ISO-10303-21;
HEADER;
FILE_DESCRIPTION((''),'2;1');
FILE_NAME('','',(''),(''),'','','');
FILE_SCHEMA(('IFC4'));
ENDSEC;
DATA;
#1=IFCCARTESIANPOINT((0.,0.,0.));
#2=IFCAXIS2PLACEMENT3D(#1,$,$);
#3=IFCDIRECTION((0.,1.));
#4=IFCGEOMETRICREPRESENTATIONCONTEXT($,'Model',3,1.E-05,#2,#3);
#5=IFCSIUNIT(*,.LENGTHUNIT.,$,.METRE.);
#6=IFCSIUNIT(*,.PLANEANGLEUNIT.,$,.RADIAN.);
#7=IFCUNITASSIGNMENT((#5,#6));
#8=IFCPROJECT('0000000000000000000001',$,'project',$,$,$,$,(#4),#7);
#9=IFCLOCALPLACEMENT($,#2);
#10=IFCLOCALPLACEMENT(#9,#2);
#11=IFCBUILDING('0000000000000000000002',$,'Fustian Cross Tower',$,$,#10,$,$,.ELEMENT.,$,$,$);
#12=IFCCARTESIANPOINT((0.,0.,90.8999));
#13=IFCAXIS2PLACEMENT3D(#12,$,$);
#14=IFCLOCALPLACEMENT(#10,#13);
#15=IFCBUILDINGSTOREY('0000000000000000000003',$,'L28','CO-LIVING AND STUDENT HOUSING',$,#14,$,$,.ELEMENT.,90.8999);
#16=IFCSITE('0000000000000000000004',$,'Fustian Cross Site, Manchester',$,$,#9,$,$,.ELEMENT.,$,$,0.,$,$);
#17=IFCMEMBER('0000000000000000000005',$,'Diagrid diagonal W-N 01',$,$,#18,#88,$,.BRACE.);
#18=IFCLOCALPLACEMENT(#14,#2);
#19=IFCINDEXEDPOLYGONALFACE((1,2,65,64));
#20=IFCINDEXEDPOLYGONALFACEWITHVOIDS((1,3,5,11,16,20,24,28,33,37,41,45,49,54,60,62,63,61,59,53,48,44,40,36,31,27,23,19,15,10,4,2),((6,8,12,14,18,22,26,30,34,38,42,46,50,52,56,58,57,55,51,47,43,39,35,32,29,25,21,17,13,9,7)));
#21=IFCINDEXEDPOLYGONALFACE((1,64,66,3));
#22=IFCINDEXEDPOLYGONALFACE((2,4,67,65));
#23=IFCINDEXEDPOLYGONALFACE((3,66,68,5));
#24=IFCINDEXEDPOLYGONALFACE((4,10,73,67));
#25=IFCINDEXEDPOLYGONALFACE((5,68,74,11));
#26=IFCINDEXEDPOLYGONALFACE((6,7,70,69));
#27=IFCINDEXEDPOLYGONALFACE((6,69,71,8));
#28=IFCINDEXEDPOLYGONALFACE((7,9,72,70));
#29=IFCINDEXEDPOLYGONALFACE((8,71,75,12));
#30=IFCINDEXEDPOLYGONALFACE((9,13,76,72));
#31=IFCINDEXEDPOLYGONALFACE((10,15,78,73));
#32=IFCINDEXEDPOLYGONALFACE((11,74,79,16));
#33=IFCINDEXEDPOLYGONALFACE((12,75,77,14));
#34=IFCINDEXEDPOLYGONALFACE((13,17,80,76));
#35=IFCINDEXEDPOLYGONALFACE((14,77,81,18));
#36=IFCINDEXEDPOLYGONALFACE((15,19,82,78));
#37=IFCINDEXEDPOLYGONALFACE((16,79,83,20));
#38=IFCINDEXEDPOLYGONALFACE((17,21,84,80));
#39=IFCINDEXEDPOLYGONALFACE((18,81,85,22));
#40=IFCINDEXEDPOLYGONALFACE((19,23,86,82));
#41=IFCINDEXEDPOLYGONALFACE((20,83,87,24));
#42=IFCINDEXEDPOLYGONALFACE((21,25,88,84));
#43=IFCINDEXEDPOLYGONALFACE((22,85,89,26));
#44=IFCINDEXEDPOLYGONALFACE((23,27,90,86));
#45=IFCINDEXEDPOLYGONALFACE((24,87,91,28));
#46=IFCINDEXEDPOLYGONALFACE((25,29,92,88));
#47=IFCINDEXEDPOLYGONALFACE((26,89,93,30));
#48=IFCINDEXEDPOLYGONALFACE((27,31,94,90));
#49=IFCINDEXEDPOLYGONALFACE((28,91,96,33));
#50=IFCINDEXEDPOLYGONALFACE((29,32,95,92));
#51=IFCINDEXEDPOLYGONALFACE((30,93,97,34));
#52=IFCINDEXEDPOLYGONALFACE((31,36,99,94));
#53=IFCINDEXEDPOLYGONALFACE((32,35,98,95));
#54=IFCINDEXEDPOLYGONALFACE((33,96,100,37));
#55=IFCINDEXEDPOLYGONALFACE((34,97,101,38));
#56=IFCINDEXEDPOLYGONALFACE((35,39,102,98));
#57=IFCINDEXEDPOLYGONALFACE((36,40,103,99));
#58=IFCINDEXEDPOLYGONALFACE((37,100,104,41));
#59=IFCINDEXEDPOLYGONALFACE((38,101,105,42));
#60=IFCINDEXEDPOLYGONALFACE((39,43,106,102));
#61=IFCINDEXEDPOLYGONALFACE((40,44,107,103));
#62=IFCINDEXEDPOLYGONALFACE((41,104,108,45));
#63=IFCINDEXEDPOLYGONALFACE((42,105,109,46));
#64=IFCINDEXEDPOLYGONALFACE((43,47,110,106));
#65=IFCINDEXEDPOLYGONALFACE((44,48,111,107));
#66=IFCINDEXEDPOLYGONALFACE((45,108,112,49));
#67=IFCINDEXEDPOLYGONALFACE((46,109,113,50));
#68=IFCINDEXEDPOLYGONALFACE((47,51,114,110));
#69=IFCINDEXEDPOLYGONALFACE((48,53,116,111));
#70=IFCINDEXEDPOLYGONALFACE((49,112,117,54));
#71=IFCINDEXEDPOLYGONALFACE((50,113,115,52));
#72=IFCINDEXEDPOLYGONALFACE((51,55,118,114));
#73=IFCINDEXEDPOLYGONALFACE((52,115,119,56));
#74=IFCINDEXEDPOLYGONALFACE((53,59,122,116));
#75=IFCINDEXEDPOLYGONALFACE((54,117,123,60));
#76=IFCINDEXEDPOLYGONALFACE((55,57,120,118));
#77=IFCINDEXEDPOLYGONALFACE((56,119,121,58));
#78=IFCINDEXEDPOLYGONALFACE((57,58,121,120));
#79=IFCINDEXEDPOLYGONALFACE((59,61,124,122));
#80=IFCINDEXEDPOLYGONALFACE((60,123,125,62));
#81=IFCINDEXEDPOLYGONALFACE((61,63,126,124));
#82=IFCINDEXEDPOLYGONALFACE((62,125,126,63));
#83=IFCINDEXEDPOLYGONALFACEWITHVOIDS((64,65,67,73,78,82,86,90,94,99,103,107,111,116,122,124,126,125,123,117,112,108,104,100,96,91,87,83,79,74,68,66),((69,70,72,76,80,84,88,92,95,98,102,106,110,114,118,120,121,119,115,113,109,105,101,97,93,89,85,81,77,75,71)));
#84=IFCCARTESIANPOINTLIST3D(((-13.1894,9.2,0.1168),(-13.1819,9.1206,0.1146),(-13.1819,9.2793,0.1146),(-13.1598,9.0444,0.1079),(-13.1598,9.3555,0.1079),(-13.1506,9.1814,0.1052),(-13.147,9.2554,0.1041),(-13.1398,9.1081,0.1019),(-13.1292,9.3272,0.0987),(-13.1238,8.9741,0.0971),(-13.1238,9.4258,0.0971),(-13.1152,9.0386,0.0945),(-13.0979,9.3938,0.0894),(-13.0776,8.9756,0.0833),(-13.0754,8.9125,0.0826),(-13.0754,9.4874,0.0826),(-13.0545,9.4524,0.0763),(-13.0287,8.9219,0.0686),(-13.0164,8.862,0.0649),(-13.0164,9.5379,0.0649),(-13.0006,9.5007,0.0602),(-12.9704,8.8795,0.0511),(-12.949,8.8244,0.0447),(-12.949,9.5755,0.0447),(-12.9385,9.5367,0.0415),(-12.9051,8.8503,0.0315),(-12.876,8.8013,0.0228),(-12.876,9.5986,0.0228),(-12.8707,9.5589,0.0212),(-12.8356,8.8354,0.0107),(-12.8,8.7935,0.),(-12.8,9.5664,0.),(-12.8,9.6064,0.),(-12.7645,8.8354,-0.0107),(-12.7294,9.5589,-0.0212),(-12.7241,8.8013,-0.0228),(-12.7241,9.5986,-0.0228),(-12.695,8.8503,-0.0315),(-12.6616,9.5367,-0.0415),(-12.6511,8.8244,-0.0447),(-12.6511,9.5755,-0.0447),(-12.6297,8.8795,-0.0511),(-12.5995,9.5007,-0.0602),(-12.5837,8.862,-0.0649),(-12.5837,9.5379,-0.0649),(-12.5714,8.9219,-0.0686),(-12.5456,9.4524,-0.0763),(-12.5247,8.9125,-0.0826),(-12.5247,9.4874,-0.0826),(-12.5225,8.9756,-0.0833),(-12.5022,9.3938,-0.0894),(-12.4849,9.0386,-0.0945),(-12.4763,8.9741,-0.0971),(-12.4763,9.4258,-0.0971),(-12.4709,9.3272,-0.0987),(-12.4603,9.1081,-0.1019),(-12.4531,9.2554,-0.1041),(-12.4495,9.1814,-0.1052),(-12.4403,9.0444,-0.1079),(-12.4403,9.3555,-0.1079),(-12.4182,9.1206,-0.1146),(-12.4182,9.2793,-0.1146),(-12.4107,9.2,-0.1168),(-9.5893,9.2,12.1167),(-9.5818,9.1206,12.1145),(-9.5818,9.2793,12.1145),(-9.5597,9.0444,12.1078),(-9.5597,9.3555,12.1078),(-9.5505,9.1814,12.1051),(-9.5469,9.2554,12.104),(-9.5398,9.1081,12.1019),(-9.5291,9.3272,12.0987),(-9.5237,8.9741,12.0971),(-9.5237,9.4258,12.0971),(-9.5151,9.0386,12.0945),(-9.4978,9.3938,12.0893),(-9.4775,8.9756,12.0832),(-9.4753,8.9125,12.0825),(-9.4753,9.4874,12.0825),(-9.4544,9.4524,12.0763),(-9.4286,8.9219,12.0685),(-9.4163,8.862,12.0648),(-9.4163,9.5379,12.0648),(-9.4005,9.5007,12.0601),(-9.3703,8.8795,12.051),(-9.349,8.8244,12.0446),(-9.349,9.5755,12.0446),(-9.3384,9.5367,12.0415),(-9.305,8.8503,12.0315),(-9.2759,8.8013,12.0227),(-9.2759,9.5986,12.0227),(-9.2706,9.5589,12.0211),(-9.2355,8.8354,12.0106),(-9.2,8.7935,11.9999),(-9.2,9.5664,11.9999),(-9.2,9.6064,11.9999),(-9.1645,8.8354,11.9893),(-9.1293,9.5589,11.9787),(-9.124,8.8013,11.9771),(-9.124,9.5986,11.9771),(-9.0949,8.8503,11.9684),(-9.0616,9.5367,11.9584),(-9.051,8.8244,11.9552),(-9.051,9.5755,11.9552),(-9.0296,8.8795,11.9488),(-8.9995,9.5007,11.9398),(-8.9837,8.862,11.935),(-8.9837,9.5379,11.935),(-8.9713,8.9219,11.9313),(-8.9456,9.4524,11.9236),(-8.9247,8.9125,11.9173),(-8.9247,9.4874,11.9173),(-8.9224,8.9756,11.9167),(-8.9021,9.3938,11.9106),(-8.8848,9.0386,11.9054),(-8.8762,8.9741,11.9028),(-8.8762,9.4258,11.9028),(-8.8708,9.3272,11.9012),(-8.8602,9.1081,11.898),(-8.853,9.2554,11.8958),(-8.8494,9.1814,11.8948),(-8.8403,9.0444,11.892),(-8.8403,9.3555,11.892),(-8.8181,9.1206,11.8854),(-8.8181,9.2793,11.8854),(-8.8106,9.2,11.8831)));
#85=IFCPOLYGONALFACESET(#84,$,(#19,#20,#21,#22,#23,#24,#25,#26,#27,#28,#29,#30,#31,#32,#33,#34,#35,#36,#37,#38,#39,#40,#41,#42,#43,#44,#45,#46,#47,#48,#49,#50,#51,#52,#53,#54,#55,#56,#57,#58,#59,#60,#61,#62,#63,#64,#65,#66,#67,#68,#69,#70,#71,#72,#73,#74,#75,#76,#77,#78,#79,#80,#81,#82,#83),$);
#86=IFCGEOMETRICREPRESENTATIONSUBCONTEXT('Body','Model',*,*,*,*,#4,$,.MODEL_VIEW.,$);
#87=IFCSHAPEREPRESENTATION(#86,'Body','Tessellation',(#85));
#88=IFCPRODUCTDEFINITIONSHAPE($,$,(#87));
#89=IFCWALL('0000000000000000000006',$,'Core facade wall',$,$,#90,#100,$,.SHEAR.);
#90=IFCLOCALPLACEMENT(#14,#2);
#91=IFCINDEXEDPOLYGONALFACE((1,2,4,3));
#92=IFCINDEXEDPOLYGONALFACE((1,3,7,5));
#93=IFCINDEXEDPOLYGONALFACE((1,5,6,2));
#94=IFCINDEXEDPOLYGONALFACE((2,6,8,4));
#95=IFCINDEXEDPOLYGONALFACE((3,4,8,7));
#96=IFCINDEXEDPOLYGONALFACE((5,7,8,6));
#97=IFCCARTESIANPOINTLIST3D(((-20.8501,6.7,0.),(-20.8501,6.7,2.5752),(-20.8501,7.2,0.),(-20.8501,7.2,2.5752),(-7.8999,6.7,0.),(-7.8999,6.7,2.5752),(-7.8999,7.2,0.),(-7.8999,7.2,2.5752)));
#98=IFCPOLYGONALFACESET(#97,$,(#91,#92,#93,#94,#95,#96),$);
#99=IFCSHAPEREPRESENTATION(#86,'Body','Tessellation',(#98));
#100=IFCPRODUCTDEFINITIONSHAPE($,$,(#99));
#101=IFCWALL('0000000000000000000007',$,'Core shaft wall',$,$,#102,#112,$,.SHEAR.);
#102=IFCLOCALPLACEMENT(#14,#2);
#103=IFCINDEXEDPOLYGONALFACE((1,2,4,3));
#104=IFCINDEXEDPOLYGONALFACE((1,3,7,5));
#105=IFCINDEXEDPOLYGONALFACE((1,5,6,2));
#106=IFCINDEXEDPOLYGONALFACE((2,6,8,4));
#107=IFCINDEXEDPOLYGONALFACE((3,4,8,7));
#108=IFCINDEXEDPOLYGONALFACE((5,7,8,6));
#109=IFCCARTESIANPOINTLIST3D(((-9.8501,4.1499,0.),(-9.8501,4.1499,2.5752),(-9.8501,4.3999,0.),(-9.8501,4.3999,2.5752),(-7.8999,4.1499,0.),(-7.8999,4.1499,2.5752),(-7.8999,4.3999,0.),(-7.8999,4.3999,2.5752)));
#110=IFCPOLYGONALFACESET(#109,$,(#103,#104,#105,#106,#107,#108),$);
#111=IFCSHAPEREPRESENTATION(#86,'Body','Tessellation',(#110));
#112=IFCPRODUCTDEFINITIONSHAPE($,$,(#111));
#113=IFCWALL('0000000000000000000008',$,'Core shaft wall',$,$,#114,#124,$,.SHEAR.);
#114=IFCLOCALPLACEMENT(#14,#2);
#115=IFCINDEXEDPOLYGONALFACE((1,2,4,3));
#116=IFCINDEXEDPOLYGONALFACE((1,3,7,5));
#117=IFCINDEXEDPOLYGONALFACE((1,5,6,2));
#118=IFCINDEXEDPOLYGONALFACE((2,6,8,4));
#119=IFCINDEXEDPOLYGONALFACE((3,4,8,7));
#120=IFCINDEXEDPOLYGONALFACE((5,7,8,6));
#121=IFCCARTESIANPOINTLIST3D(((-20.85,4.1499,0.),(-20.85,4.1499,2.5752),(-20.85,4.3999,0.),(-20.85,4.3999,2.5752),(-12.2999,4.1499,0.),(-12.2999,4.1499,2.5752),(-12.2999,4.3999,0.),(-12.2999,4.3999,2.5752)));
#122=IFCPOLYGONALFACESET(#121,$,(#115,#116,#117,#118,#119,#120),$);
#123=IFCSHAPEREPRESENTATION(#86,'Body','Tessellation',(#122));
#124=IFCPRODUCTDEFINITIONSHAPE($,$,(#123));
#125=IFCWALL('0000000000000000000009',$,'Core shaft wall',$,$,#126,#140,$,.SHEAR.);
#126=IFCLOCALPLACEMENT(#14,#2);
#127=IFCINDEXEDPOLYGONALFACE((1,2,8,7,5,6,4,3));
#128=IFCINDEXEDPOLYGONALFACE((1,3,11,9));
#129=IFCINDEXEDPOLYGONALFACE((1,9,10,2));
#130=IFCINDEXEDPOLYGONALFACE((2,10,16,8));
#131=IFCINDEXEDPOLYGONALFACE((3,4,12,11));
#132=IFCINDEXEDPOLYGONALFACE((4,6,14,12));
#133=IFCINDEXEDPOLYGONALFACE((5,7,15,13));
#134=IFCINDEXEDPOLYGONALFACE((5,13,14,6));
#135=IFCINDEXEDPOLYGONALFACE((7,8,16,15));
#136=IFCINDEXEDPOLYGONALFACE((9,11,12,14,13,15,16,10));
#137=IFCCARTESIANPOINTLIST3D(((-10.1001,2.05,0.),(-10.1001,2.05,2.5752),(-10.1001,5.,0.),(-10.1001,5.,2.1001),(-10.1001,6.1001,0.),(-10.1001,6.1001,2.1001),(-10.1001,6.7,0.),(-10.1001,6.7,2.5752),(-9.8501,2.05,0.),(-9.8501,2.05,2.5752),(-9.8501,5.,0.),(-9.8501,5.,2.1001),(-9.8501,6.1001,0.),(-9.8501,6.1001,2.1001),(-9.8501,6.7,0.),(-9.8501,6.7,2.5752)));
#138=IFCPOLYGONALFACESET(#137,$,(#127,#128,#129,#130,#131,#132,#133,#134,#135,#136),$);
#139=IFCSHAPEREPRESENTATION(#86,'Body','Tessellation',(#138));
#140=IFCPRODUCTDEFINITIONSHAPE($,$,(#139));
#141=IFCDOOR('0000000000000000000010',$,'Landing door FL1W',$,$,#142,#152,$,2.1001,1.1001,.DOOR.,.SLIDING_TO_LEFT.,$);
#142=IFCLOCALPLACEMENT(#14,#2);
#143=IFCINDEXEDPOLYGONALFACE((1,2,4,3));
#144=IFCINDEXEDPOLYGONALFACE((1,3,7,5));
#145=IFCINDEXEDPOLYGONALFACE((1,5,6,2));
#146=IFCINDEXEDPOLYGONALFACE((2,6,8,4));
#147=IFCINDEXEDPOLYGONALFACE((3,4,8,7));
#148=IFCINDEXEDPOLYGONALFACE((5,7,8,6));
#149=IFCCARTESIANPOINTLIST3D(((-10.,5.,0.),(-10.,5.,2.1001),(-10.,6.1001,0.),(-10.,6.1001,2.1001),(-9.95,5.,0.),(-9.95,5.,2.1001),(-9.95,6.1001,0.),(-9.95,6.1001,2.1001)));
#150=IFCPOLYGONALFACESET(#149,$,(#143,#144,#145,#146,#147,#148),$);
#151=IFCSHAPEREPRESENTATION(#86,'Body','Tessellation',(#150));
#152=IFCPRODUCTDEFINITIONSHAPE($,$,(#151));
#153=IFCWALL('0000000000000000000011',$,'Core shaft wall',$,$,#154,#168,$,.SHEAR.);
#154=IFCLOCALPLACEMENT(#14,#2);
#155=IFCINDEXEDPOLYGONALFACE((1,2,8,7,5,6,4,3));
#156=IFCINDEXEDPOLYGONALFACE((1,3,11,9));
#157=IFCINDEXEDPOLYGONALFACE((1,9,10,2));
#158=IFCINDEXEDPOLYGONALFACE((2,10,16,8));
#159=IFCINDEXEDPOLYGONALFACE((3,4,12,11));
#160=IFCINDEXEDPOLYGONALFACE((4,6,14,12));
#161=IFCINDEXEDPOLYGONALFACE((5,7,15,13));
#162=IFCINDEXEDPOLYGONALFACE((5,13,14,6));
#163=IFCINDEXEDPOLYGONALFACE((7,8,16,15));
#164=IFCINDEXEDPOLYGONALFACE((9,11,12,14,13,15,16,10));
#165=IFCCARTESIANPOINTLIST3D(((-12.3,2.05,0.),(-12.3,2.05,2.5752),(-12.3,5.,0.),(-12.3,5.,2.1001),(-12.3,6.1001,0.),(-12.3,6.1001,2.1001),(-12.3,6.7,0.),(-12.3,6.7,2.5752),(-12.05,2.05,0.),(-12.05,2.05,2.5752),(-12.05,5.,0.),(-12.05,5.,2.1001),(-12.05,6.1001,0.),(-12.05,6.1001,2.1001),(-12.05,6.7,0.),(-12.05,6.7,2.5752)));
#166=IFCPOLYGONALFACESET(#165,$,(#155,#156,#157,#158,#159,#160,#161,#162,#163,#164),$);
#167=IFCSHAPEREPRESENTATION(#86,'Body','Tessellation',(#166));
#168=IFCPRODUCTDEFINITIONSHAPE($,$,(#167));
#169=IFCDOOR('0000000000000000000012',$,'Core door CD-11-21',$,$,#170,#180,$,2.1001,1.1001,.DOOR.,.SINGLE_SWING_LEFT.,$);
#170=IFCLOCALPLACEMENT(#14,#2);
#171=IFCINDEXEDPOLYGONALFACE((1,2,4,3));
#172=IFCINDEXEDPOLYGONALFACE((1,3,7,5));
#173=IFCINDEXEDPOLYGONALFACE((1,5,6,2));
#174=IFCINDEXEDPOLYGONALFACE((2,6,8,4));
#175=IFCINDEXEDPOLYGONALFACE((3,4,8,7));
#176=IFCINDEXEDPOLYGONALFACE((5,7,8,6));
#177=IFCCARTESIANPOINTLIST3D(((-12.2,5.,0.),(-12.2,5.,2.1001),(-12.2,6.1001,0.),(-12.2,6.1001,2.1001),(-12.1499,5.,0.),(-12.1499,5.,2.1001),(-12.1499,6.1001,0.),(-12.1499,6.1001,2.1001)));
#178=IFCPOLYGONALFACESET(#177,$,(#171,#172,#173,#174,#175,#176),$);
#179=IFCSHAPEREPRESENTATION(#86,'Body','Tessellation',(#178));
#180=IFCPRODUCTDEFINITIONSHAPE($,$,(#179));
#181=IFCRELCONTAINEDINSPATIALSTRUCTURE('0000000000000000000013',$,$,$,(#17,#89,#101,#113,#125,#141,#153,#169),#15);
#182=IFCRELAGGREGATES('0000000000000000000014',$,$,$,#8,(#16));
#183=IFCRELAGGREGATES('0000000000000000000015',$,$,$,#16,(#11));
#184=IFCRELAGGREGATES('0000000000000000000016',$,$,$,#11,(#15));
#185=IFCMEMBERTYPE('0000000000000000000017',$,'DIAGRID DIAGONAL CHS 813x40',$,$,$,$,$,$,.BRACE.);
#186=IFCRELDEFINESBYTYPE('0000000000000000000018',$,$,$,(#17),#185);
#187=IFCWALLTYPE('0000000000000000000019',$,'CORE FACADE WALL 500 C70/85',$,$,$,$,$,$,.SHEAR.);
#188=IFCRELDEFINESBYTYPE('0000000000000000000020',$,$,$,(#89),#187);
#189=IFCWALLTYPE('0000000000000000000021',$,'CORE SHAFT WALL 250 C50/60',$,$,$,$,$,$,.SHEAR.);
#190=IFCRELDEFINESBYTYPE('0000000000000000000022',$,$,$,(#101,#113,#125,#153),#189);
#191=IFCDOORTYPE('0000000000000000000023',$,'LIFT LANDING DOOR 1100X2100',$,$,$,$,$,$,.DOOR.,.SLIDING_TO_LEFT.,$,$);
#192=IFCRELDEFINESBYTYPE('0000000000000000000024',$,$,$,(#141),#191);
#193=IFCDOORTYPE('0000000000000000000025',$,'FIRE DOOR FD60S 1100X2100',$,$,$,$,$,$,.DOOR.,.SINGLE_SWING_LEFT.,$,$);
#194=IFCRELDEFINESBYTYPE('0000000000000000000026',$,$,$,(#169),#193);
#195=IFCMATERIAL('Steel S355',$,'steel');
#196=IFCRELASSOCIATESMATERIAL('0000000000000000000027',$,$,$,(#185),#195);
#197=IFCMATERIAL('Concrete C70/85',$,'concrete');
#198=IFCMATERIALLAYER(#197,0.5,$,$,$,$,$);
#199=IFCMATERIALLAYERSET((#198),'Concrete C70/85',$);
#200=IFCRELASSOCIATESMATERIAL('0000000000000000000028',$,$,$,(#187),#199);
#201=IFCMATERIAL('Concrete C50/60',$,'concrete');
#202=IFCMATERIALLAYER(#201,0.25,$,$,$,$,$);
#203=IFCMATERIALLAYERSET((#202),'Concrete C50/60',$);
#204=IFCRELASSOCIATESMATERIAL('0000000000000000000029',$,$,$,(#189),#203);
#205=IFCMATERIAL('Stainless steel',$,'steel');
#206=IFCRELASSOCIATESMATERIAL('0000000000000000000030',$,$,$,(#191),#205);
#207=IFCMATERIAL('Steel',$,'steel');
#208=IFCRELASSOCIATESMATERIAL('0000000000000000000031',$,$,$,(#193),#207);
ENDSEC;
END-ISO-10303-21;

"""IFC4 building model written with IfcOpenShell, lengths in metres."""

from ifc_helpers import new_model, si_unit, direction, frame, frame_2d, origin, origin_2d, place, context, subcontext, project, spatial, rectangle, hollow_circle, extrude, material, layer, layer_set, material_profile, profile_set, type_object, element, fill, save


model = new_model("IFC4")

# Units and contexts
model_context = context("Model", 3, precision=1e-05, world=origin(), true_north=direction((0.0, 1.0)))
body_context = subcontext(model_context, "Body", "Model", "MODEL_VIEW")
ifc_project = project(units=[si_unit("LENGTHUNIT", "METRE"), si_unit("PLANEANGLEUNIT", "RADIAN")], contexts=[model_context])

# Site, building, storey
site_placement = place(None, origin())
site = spatial("IfcSite", under=ifc_project, at=site_placement, Name="Fustian Cross Site, Manchester", CompositionType="ELEMENT", RefElevation=0.0)
building_placement = place(site_placement, origin())
building = spatial("IfcBuilding", under=site, at=building_placement, Name="Fustian Cross Tower", CompositionType="ELEMENT")
storey_placement = place(building_placement, frame((0.0, 0.0, 90.8999)))
storey = spatial("IfcBuildingStorey", under=building, at=storey_placement, Name="L28", Description="CO-LIVING AND STUDENT HOUSING", CompositionType="ELEMENT", Elevation=90.8999)

# Member
ifc_material_1 = material(Name="Steel S355", Category="steel")
ifc_material_profile = material_profile(ifc_material_1, hollow_circle(Radius=0.4065, WallThickness=0.04, at=origin_2d()), Name="CHS 813x40")
ifc_profile_set = profile_set([ifc_material_profile], Name="Steel S355")
member_type = type_object("IfcMemberType", Name="DIAGRID DIAGONAL CHS 813x40", PredefinedType="BRACE", material=ifc_profile_set)
member_placement = place(storey_placement, frame((-12.8, 9.2, 0.0), z_axis=(0.287355, 0.0, 0.957824), x_axis=(0.0, 1.0, 0.0)))
element("IfcMember", 1, at=member_placement, inside=storey, type_object=member_type, Name="Diagrid diagonal W-N 01", PredefinedType="BRACE", context=body_context, shape_type="SweptSolid", body=[
    extrude(hollow_circle(Radius=0.4065, WallThickness=0.04, at=origin_2d()), origin(), (0.0, 0.0, 1.0), 12.5283),
])

# Walls
ifc_material_2 = material(Name="Concrete C70/85", Category="concrete")
ifc_layer_1 = layer(ifc_material_2, 0.5)
ifc_layer_set_1 = layer_set([ifc_layer_1], Name="Concrete C70/85")
wall_type_1 = type_object("IfcWallType", Name="CORE FACADE WALL 500 C70/85", PredefinedType="SHEAR", material=ifc_layer_set_1)
wall_1_placement = place(storey_placement, frame((-7.8999, 6.95, 0.0), z_axis=(0.0, 0.0, 1.0), x_axis=(-1.0, 0.0, 0.0)))
element("IfcWall", 2, at=wall_1_placement, inside=storey, type_object=wall_type_1, Name="Core facade wall", PredefinedType="SHEAR", context=body_context, shape_type="SweptSolid", body=[
    extrude(rectangle(XDim=12.9502, YDim=0.5, at=frame_2d((6.4751, 0.0))), origin(), (0.0, 0.0, 1.0), 2.5752),
])
ifc_material_3 = material(Name="Concrete C50/60", Category="concrete")
ifc_layer_2 = layer(ifc_material_3, 0.25)
ifc_layer_set_2 = layer_set([ifc_layer_2], Name="Concrete C50/60")
wall_type_2 = type_object("IfcWallType", Name="CORE SHAFT WALL 250 C50/60", PredefinedType="SHEAR", material=ifc_layer_set_2)
wall_2_placement = place(storey_placement, frame((-7.8999, 4.2749, 0.0), z_axis=(0.0, 0.0, 1.0), x_axis=(-1.0, 0.0, 0.0)))
element("IfcWall", 3, at=wall_2_placement, inside=storey, type_object=wall_type_2, Name="Core shaft wall", PredefinedType="SHEAR", context=body_context, shape_type="SweptSolid", body=[
    extrude(rectangle(XDim=1.9502, YDim=0.25, at=frame_2d((0.9751, 0.0))), origin(), (0.0, 0.0, 1.0), 2.5752),
])
wall_3_placement = place(storey_placement, frame((-12.3, 4.2749, 0.0), z_axis=(0.0, 0.0, 1.0), x_axis=(-1.0, 0.0, 0.0)))
element("IfcWall", 4, at=wall_3_placement, inside=storey, type_object=wall_type_2, Name="Core shaft wall", PredefinedType="SHEAR", context=body_context, shape_type="SweptSolid", body=[
    extrude(rectangle(XDim=8.55, YDim=0.25, at=frame_2d((4.2749, 0.0))), origin(), (0.0, 0.0, 1.0), 2.5752),
])

# Walls, openings, doors
wall_4_placement = place(storey_placement, frame((-9.9751, 2.05, 0.0), z_axis=(0.0, 0.0, 1.0), x_axis=(0.0, 1.0, 0.0)))
wall_4 = element("IfcWall", 5, at=wall_4_placement, inside=storey, type_object=wall_type_2, Name="Core shaft wall", PredefinedType="SHEAR", context=body_context, shape_type="SweptSolid", body=[
    extrude(rectangle(XDim=4.6499, YDim=0.25, at=frame_2d((2.325, 0.0))), origin(), (0.0, 0.0, 1.0), 2.5752),
])
opening_1_placement = place(wall_4_placement, frame((2.95, 0.0, 0.0)))
opening_1 = element("IfcOpeningElement", 6, at=opening_1_placement, cuts=wall_4, PredefinedType="OPENING", context=body_context, shape_type="SweptSolid", body=[
    extrude(rectangle(XDim=1.1001, YDim=2.1001, at=frame_2d((0.55, 1.05))), frame((0.0, 0.135, 0.0), z_axis=(0.0, -1.0, 0.0), x_axis=(1.0, 0.0, 0.0)), (0.0, 0.0, 1.0), 0.27),
])
ifc_material_4 = material(Name="Stainless steel", Category="steel")
door_type_1 = type_object("IfcDoorType", Name="LIFT LANDING DOOR 1100X2100", OperationType="SLIDING_TO_LEFT", PredefinedType="DOOR", material=ifc_material_4)
door_1_placement = place(opening_1_placement, origin())
door_1 = element("IfcDoor", 7, at=door_1_placement, inside=storey, type_object=door_type_1, Name="Landing door FL1W", OperationType="SLIDING_TO_LEFT", OverallHeight=2.1001, OverallWidth=1.1001, PredefinedType="DOOR", context=body_context, shape_type="SweptSolid", body=[
    extrude(rectangle(XDim=1.1001, YDim=2.1001, at=frame_2d((0.55, 1.05))), frame((0.0, 0.0249, 0.0), z_axis=(0.0, -1.0, 0.0), x_axis=(1.0, 0.0, 0.0)), (0.0, 0.0, 1.0), 0.05),
])
fill(opening_1, door_1)
wall_5_placement = place(storey_placement, frame((-12.175, 2.05, 0.0), z_axis=(0.0, 0.0, 1.0), x_axis=(0.0, 1.0, 0.0)))
wall_5 = element("IfcWall", 8, at=wall_5_placement, inside=storey, type_object=wall_type_2, Name="Core shaft wall", PredefinedType="SHEAR", context=body_context, shape_type="SweptSolid", body=[
    extrude(rectangle(XDim=4.6499, YDim=0.25, at=frame_2d((2.325, 0.0))), origin(), (0.0, 0.0, 1.0), 2.5752),
])
opening_2_placement = place(wall_5_placement, frame((2.95, 0.0, 0.0)))
opening_2 = element("IfcOpeningElement", 9, at=opening_2_placement, cuts=wall_5, PredefinedType="OPENING", context=body_context, shape_type="SweptSolid", body=[
    extrude(rectangle(XDim=1.1001, YDim=2.1001, at=frame_2d((0.55, 1.05))), frame((0.0, 0.135, 0.0), z_axis=(0.0, -1.0, 0.0), x_axis=(1.0, 0.0, 0.0)), (0.0, 0.0, 1.0), 0.27),
])
ifc_material_5 = material(Name="Steel", Category="steel")
door_type_2 = type_object("IfcDoorType", Name="FIRE DOOR FD60S 1100X2100", OperationType="SINGLE_SWING_LEFT", PredefinedType="DOOR", material=ifc_material_5)
door_2_placement = place(opening_2_placement, origin())
door_2 = element("IfcDoor", 10, at=door_2_placement, inside=storey, type_object=door_type_2, Name="Core door CD-11-21", OperationType="SINGLE_SWING_LEFT", OverallHeight=2.1001, OverallWidth=1.1001, PredefinedType="DOOR", context=body_context, shape_type="SweptSolid", body=[
    extrude(rectangle(XDim=1.1001, YDim=2.1001, at=frame_2d((0.55, 1.05))), frame((0.0, 0.0249, 0.0), z_axis=(0.0, -1.0, 0.0), x_axis=(1.0, 0.0, 0.0)), (0.0, 0.0, 1.0), 0.05),
])
fill(opening_2, door_2)

save(model, "model.ifc")
